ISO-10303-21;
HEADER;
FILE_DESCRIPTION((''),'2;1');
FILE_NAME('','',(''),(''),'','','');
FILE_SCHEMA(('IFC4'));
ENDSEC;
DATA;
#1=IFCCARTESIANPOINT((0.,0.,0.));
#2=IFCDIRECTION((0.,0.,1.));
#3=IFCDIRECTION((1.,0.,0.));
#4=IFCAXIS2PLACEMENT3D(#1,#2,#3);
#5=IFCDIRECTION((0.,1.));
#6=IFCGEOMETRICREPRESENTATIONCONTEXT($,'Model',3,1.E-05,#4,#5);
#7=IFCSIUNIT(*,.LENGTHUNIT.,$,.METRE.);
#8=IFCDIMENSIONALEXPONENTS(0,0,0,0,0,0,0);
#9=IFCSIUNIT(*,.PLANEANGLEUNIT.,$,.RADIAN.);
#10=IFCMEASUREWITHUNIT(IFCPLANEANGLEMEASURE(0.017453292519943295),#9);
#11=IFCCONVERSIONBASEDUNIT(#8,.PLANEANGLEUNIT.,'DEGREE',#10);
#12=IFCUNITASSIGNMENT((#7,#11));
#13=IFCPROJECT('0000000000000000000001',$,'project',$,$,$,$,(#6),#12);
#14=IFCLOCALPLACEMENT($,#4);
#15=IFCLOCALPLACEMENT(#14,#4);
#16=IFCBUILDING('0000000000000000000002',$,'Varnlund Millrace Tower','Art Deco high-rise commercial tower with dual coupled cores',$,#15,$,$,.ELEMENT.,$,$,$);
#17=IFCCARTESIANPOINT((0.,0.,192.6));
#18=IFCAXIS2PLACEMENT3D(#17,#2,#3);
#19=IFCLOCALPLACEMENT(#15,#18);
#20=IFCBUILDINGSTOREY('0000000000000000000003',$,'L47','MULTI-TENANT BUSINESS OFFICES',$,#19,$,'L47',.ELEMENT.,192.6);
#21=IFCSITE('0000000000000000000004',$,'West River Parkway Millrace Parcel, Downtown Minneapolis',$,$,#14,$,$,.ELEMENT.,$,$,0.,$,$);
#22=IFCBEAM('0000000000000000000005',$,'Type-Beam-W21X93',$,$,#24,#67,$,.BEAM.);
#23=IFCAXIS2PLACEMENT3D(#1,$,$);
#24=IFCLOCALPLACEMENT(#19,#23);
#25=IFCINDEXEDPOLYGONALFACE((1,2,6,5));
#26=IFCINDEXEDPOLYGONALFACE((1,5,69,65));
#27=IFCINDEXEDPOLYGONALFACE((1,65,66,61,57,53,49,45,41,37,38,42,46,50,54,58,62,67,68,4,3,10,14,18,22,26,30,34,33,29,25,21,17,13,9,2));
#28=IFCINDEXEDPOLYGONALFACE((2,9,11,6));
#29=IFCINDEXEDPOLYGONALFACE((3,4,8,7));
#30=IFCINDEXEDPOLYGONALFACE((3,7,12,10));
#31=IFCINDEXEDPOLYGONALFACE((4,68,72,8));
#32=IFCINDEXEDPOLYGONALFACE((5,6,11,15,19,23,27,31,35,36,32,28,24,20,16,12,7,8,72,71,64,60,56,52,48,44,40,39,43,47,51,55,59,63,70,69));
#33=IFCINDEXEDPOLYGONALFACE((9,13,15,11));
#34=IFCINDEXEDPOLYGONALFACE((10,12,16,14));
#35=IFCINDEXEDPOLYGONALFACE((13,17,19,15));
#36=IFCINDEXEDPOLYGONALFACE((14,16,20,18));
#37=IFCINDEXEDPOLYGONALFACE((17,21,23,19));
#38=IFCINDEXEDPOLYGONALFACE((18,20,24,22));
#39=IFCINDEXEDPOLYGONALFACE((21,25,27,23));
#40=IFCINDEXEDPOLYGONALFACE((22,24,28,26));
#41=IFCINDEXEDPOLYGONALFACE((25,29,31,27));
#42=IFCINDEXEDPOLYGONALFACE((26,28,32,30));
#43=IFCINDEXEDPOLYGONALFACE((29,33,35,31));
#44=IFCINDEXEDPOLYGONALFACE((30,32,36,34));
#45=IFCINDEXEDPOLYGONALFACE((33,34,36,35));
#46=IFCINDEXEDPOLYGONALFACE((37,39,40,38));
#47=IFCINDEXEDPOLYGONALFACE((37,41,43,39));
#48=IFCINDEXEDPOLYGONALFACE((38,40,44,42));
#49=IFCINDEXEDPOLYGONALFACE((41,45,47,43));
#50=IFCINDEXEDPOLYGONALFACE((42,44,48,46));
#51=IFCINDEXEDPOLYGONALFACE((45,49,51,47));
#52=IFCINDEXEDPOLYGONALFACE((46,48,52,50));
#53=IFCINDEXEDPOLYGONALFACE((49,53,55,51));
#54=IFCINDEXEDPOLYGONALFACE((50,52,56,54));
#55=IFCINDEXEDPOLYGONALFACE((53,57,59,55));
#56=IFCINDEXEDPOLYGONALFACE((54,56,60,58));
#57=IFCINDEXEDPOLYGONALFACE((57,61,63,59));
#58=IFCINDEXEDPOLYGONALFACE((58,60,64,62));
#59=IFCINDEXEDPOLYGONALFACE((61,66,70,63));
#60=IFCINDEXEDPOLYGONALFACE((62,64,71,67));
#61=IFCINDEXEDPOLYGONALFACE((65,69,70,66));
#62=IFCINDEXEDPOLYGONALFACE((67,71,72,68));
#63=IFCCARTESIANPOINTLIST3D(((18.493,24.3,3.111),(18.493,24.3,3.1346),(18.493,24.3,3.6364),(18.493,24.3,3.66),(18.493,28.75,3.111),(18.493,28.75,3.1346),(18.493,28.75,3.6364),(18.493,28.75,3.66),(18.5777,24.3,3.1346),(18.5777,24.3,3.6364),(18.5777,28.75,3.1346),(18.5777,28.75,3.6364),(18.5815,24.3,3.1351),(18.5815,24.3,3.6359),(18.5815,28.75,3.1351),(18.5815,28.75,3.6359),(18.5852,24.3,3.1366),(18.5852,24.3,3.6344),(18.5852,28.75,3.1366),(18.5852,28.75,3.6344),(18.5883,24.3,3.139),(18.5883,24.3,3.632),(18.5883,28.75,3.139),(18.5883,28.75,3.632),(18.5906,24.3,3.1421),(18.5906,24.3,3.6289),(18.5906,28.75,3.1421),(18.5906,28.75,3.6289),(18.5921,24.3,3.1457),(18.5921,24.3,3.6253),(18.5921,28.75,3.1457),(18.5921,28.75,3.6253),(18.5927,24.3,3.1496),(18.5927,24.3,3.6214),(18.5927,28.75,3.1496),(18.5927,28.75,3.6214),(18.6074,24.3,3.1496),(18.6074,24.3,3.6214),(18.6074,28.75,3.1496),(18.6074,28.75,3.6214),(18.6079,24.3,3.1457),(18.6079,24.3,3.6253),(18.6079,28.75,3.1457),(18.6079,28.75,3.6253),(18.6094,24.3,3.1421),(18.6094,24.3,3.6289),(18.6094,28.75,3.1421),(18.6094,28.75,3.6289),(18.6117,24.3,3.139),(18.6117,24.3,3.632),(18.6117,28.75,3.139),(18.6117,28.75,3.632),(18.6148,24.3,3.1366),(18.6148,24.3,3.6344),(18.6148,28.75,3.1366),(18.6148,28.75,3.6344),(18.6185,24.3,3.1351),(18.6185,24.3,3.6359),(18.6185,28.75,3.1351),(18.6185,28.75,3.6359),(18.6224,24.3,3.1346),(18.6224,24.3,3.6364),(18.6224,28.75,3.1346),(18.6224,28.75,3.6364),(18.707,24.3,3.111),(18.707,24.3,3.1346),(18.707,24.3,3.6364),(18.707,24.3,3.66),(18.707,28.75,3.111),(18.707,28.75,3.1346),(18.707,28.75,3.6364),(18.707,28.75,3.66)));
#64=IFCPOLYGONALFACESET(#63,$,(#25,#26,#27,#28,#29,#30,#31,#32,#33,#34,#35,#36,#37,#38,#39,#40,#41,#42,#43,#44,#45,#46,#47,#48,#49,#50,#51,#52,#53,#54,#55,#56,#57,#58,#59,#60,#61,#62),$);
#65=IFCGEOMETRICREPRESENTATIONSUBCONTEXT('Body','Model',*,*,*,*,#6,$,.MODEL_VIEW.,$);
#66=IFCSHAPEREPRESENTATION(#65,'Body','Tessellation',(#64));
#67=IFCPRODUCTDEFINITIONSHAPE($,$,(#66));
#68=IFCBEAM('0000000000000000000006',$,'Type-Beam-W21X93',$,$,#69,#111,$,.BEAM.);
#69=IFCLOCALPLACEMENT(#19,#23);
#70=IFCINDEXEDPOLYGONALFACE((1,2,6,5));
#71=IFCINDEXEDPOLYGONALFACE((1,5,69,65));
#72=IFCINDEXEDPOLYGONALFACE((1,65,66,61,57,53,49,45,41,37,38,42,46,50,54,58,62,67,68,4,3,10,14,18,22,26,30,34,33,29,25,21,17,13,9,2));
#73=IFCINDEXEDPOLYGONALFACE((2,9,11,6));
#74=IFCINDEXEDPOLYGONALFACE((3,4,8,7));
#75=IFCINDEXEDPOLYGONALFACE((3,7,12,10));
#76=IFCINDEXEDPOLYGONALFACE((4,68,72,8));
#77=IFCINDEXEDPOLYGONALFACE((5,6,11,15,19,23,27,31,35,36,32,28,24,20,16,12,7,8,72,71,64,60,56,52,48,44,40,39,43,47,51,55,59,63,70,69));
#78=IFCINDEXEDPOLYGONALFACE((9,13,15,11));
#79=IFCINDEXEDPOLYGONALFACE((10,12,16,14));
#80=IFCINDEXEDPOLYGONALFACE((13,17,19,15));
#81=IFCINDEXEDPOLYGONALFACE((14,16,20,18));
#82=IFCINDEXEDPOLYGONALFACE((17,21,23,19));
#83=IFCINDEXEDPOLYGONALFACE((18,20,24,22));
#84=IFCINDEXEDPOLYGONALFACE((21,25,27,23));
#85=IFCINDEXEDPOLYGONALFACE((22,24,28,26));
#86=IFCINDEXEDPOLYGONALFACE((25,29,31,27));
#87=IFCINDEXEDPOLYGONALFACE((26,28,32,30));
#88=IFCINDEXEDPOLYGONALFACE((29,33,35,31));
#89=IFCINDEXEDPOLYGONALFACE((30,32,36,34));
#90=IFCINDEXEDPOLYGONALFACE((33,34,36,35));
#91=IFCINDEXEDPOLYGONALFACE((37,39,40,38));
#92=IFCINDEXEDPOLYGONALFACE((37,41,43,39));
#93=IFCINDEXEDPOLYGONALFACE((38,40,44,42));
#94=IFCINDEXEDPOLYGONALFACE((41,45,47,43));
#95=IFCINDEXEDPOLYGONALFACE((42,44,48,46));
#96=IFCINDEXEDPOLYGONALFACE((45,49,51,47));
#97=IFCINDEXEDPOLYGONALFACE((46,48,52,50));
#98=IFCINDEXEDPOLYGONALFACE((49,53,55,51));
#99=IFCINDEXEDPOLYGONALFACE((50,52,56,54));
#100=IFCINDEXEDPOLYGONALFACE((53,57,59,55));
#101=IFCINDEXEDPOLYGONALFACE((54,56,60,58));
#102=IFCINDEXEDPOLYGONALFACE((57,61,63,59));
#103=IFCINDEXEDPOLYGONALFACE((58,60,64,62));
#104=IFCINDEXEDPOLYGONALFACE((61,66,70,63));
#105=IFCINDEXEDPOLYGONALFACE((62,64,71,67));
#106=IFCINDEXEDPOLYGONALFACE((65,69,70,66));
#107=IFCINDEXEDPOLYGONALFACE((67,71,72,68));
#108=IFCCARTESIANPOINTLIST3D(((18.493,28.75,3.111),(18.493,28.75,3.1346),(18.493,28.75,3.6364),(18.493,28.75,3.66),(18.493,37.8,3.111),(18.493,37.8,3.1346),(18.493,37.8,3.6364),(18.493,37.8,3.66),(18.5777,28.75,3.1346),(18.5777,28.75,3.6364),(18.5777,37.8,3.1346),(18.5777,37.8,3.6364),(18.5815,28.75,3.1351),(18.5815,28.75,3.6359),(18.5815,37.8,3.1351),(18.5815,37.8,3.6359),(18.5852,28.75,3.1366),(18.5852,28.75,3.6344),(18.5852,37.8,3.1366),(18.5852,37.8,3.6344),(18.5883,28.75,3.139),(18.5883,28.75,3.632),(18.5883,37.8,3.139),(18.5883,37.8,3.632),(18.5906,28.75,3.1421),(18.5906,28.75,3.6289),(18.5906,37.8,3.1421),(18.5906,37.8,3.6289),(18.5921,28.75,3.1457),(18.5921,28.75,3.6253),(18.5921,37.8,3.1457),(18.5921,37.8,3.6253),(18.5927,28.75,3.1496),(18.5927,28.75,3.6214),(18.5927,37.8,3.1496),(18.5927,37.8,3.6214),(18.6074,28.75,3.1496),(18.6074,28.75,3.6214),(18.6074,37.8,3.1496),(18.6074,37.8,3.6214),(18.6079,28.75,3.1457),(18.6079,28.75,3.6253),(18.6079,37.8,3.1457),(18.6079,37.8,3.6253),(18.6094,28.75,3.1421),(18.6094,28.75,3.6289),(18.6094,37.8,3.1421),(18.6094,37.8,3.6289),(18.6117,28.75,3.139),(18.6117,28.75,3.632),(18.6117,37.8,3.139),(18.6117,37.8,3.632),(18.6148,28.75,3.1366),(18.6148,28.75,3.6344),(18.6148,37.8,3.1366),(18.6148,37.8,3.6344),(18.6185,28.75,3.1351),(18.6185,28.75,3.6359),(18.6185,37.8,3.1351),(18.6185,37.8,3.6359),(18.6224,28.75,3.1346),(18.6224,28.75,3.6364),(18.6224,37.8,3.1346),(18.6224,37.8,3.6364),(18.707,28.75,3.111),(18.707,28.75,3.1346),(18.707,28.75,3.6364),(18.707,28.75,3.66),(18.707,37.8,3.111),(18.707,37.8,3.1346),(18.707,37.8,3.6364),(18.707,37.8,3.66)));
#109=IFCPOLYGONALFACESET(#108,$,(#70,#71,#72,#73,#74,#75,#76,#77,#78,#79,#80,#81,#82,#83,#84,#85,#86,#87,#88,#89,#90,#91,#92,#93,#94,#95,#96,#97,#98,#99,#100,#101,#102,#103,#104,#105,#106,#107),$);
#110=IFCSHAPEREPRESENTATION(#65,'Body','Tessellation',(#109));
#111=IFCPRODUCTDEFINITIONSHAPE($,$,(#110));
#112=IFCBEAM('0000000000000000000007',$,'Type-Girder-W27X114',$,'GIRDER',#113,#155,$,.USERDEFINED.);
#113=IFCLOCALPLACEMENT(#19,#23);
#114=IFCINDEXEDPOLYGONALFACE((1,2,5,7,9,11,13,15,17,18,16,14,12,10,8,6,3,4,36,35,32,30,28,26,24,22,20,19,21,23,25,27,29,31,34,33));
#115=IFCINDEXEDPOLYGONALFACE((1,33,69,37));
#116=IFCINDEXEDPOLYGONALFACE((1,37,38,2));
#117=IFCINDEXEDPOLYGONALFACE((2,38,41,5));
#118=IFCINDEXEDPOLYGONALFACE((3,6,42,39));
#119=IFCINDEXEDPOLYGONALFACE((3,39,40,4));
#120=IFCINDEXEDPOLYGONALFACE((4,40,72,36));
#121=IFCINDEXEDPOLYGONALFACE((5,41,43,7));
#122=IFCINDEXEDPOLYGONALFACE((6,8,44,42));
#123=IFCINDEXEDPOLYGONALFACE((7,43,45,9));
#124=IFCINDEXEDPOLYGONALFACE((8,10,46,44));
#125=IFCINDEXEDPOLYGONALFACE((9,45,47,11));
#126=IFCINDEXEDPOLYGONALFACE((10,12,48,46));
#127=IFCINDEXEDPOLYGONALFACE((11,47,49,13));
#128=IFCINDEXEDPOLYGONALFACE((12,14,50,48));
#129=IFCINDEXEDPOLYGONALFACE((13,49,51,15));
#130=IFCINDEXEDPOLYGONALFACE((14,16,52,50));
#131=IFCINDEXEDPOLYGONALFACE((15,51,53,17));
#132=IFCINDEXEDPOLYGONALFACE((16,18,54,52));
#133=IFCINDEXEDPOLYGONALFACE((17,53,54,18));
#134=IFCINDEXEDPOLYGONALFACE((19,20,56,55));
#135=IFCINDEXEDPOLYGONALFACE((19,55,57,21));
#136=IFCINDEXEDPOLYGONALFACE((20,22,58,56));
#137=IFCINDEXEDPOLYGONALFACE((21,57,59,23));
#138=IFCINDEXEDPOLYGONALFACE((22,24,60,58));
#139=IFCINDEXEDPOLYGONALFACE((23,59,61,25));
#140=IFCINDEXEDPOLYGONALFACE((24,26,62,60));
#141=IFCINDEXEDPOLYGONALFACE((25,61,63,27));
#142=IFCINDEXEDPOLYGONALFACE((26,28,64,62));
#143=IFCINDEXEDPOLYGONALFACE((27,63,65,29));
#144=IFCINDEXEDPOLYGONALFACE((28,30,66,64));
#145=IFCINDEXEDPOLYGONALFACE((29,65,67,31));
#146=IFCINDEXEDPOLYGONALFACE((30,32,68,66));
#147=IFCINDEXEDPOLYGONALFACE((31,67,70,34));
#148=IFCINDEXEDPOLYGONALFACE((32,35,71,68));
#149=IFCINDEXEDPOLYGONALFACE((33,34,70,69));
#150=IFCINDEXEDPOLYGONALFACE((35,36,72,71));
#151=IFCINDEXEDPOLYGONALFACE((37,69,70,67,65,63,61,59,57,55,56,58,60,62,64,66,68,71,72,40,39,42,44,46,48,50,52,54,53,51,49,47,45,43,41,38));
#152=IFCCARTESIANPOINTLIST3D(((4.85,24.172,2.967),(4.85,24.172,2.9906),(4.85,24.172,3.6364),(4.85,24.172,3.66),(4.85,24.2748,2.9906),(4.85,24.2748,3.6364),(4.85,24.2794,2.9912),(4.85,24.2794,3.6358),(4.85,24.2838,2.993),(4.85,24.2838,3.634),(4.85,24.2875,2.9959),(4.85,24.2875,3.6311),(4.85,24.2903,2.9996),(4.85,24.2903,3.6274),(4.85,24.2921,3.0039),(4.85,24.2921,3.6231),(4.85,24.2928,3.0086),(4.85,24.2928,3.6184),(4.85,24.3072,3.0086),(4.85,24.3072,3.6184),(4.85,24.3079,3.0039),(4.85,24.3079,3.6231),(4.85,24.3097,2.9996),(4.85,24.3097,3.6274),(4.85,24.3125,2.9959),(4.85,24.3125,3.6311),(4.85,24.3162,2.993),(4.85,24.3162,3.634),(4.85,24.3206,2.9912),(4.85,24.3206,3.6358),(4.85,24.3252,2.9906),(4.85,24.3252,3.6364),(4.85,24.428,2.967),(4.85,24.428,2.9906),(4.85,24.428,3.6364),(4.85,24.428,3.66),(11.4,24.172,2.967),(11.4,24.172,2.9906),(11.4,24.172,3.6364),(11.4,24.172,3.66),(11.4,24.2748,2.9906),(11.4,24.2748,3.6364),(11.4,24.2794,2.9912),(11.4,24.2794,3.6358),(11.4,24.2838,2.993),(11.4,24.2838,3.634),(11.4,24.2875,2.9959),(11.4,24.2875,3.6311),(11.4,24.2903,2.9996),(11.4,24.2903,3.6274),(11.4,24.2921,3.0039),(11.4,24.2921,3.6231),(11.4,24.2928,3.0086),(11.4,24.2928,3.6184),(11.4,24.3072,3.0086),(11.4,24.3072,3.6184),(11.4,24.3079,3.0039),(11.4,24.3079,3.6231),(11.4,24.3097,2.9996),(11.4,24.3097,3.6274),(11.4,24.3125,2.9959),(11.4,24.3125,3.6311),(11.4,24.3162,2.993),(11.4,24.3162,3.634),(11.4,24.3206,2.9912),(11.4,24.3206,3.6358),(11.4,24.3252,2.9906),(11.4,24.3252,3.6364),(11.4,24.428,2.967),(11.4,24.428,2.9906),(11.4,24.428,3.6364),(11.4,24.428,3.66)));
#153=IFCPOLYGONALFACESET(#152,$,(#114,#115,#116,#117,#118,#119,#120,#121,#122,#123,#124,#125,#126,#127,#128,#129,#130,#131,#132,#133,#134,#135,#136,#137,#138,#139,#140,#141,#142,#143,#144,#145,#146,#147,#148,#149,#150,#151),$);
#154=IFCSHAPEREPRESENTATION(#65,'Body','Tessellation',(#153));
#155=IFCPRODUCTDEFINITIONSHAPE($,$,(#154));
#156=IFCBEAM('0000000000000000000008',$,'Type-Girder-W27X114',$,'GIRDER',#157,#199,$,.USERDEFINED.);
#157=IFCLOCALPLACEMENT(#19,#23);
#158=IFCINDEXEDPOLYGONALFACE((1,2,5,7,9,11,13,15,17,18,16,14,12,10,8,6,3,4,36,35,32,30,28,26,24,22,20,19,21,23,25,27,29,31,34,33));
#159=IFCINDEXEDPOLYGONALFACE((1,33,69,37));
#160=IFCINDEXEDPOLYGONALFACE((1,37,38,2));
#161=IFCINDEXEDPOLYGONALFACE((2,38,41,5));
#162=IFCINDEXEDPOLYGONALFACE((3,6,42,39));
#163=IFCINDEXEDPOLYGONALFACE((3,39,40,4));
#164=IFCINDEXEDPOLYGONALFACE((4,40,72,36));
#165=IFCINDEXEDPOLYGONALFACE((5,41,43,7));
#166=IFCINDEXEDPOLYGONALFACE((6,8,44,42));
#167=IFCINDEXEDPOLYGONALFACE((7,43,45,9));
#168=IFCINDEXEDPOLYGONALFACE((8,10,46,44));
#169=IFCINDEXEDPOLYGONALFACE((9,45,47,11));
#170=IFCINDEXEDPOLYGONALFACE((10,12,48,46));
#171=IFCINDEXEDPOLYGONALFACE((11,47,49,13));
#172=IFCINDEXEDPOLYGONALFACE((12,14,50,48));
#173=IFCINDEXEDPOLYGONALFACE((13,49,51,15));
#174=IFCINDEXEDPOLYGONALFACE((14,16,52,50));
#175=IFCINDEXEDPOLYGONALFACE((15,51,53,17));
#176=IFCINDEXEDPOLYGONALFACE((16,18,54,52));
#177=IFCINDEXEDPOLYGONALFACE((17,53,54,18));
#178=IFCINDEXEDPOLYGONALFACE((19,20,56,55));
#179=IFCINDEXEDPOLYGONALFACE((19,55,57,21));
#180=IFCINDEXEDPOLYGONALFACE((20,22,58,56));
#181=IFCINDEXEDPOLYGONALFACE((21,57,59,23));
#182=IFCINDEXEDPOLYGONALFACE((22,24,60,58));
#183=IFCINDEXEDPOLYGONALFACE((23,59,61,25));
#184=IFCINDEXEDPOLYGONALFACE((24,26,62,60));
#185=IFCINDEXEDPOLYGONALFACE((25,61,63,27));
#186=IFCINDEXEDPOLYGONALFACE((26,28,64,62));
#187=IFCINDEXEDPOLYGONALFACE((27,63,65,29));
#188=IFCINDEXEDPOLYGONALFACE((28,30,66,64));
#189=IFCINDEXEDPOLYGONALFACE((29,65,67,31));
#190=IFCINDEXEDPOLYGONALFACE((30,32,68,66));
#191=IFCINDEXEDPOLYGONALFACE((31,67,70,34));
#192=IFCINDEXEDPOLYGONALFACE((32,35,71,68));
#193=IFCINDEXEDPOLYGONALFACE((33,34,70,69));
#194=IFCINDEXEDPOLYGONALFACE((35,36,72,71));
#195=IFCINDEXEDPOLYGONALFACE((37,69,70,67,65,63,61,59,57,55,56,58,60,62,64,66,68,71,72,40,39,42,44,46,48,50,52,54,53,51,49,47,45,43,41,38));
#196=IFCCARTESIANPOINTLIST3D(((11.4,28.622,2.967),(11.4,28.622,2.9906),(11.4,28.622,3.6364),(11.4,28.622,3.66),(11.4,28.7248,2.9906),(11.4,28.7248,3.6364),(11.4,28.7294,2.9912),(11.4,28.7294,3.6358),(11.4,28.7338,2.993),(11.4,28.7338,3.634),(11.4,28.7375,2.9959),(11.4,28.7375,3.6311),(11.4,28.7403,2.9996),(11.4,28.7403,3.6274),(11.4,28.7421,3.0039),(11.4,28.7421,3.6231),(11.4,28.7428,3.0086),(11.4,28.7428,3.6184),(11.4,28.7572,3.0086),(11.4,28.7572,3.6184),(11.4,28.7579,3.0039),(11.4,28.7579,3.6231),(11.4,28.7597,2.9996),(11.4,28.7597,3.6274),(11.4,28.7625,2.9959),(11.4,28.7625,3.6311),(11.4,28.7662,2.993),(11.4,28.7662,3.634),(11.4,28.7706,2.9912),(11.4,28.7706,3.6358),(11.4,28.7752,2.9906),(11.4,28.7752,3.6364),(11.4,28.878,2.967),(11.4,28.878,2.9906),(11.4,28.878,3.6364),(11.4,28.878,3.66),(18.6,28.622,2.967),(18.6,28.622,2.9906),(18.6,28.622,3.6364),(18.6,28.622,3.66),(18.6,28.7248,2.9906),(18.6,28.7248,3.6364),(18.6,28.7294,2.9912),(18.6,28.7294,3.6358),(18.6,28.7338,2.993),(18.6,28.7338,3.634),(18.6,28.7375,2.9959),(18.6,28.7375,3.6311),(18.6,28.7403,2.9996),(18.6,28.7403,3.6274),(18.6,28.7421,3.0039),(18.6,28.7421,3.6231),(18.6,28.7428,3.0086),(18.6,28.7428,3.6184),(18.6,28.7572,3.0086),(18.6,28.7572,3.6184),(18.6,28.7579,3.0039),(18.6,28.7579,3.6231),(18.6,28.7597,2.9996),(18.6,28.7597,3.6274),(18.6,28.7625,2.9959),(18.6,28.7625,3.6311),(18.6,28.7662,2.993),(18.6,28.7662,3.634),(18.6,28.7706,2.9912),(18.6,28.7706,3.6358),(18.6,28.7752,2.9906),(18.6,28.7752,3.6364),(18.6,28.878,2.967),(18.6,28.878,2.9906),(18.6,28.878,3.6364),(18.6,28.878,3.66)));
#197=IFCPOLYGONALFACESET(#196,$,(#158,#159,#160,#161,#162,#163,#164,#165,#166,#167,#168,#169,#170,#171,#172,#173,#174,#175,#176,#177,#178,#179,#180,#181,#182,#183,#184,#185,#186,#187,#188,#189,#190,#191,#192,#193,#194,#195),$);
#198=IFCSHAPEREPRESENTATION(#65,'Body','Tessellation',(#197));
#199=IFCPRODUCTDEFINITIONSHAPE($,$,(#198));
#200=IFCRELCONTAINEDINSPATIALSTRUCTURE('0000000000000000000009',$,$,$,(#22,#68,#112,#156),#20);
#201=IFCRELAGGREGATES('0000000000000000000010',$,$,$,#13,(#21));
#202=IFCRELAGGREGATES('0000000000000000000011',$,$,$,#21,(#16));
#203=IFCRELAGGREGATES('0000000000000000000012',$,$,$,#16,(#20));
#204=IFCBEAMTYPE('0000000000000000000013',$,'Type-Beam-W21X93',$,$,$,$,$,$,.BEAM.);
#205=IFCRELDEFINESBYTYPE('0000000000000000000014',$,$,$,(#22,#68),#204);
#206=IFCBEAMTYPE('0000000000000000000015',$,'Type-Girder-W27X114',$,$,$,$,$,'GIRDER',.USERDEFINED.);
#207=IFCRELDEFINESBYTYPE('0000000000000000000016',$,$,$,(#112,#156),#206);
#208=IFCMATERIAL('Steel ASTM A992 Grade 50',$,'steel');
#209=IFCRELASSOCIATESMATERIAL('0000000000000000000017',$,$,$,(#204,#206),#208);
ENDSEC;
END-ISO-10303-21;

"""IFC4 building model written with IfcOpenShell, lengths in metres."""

from ifc_helpers import new_model, entity, si_unit, converted_unit, direction, frame, origin_with_axes, origin_2d_with_axis, place, context, subcontext, project, spatial, i_section, extrude, material, material_profile, profile_set, type_object, element, save


model = new_model("IFC4")

# Units and contexts
model_context = context("Model", 3, precision=1e-05, world=origin_with_axes(), true_north=direction((0.0, 1.0)))
body_context = subcontext(model_context, "Body", "Model", "MODEL_VIEW")
ifc_project = project(units=[si_unit("LENGTHUNIT", "METRE"), converted_unit("PLANEANGLEUNIT", "DEGREE", entity("IfcPlaneAngleMeasure", 0.017453292519943295), si_unit("PLANEANGLEUNIT", "RADIAN"), dimensions=[0, 0, 0, 0, 0, 0, 0])], contexts=[model_context])

# Site, building, storey
site_placement = place(None, origin_with_axes())
site = spatial("IfcSite", under=ifc_project, at=site_placement, Name="West River Parkway Millrace Parcel, Downtown Minneapolis", CompositionType="ELEMENT", RefElevation=0.0)
building_placement = place(site_placement, origin_with_axes())
building = spatial("IfcBuilding", under=site, at=building_placement, Name="Varnlund Millrace Tower", Description="Art Deco high-rise commercial tower with dual coupled cores", CompositionType="ELEMENT")
storey_placement = place(building_placement, frame((0.0, 0.0, 192.6), z_axis=(0.0, 0.0, 1.0), x_axis=(1.0, 0.0, 0.0)))
storey = spatial("IfcBuildingStorey", under=building, at=storey_placement, Name="L47", Description="MULTI-TENANT BUSINESS OFFICES", LongName="L47", CompositionType="ELEMENT", Elevation=192.6)

# Beams
ifc_material_1 = material(Name="Steel ASTM A992 Grade 50", Category="steel")
ifc_material_profile_1 = material_profile(ifc_material_1, i_section(OverallWidth=0.214, OverallDepth=0.549, WebThickness=0.0147, FlangeThickness=0.0236, FilletRadius=0.015, at=origin_2d_with_axis()), Name="Steel ASTM A992 Grade 50")
ifc_profile_set_1 = profile_set([ifc_material_profile_1], Name="Steel ASTM A992 Grade 50")
beam_type_1 = type_object("IfcBeamType", Name="Type-Beam-W21X93", PredefinedType="BEAM", material=ifc_profile_set_1)
beam_1_placement = place(storey_placement, frame((18.6, 24.3, 3.3855), z_axis=(0.0, 1.0, 0.0), x_axis=(-1.0, 0.0, 0.0)))
element("IfcBeam", 1, at=beam_1_placement, inside=storey, type_object=beam_type_1, Name="Type-Beam-W21X93", PredefinedType="BEAM", context=body_context, shape_type="SweptSolid", body=[
    extrude(i_section(OverallWidth=0.214, OverallDepth=0.549, WebThickness=0.0147, FlangeThickness=0.0236, FilletRadius=0.015, at=origin_2d_with_axis()), origin_with_axes(), (0.0, 0.0, 1.0), 4.45),
])
beam_2_placement = place(storey_placement, frame((18.6, 28.75, 3.3855), z_axis=(0.0, 1.0, 0.0), x_axis=(-1.0, 0.0, 0.0)))
element("IfcBeam", 2, at=beam_2_placement, inside=storey, type_object=beam_type_1, Name="Type-Beam-W21X93", PredefinedType="BEAM", context=body_context, shape_type="SweptSolid", body=[
    extrude(i_section(OverallWidth=0.214, OverallDepth=0.549, WebThickness=0.0147, FlangeThickness=0.0236, FilletRadius=0.015, at=origin_2d_with_axis()), origin_with_axes(), (0.0, 0.0, 1.0), 9.05),
])
ifc_material_profile_2 = material_profile(ifc_material_1, i_section(OverallWidth=0.256, OverallDepth=0.693, WebThickness=0.0145, FlangeThickness=0.0236, FilletRadius=0.018, at=origin_2d_with_axis()), Name="Steel ASTM A992 Grade 50")
ifc_profile_set_2 = profile_set([ifc_material_profile_2], Name="Steel ASTM A992 Grade 50")
beam_type_2 = type_object("IfcBeamType", Name="Type-Girder-W27X114", ElementType="GIRDER", PredefinedType="USERDEFINED", material=ifc_profile_set_2)
beam_3_placement = place(storey_placement, frame((4.85, 24.3, 3.3135), z_axis=(1.0, 0.0, 0.0), x_axis=(0.0, 1.0, 0.0)))
element("IfcBeam", 3, at=beam_3_placement, inside=storey, type_object=beam_type_2, Name="Type-Girder-W27X114", ObjectType="GIRDER", PredefinedType="USERDEFINED", context=body_context, shape_type="SweptSolid", body=[
    extrude(i_section(OverallWidth=0.256, OverallDepth=0.693, WebThickness=0.0145, FlangeThickness=0.0236, FilletRadius=0.018, at=origin_2d_with_axis()), origin_with_axes(), (0.0, 0.0, 1.0), 6.55),
])
beam_4_placement = place(storey_placement, frame((11.4, 28.75, 3.3135), z_axis=(1.0, 0.0, 0.0), x_axis=(0.0, 1.0, 0.0)))
element("IfcBeam", 4, at=beam_4_placement, inside=storey, type_object=beam_type_2, Name="Type-Girder-W27X114", ObjectType="GIRDER", PredefinedType="USERDEFINED", context=body_context, shape_type="SweptSolid", body=[
    extrude(i_section(OverallWidth=0.256, OverallDepth=0.693, WebThickness=0.0145, FlangeThickness=0.0236, FilletRadius=0.018, at=origin_2d_with_axis()), origin_with_axes(), (0.0, 0.0, 1.0), 7.2),
])

save(model, "model.ifc")
